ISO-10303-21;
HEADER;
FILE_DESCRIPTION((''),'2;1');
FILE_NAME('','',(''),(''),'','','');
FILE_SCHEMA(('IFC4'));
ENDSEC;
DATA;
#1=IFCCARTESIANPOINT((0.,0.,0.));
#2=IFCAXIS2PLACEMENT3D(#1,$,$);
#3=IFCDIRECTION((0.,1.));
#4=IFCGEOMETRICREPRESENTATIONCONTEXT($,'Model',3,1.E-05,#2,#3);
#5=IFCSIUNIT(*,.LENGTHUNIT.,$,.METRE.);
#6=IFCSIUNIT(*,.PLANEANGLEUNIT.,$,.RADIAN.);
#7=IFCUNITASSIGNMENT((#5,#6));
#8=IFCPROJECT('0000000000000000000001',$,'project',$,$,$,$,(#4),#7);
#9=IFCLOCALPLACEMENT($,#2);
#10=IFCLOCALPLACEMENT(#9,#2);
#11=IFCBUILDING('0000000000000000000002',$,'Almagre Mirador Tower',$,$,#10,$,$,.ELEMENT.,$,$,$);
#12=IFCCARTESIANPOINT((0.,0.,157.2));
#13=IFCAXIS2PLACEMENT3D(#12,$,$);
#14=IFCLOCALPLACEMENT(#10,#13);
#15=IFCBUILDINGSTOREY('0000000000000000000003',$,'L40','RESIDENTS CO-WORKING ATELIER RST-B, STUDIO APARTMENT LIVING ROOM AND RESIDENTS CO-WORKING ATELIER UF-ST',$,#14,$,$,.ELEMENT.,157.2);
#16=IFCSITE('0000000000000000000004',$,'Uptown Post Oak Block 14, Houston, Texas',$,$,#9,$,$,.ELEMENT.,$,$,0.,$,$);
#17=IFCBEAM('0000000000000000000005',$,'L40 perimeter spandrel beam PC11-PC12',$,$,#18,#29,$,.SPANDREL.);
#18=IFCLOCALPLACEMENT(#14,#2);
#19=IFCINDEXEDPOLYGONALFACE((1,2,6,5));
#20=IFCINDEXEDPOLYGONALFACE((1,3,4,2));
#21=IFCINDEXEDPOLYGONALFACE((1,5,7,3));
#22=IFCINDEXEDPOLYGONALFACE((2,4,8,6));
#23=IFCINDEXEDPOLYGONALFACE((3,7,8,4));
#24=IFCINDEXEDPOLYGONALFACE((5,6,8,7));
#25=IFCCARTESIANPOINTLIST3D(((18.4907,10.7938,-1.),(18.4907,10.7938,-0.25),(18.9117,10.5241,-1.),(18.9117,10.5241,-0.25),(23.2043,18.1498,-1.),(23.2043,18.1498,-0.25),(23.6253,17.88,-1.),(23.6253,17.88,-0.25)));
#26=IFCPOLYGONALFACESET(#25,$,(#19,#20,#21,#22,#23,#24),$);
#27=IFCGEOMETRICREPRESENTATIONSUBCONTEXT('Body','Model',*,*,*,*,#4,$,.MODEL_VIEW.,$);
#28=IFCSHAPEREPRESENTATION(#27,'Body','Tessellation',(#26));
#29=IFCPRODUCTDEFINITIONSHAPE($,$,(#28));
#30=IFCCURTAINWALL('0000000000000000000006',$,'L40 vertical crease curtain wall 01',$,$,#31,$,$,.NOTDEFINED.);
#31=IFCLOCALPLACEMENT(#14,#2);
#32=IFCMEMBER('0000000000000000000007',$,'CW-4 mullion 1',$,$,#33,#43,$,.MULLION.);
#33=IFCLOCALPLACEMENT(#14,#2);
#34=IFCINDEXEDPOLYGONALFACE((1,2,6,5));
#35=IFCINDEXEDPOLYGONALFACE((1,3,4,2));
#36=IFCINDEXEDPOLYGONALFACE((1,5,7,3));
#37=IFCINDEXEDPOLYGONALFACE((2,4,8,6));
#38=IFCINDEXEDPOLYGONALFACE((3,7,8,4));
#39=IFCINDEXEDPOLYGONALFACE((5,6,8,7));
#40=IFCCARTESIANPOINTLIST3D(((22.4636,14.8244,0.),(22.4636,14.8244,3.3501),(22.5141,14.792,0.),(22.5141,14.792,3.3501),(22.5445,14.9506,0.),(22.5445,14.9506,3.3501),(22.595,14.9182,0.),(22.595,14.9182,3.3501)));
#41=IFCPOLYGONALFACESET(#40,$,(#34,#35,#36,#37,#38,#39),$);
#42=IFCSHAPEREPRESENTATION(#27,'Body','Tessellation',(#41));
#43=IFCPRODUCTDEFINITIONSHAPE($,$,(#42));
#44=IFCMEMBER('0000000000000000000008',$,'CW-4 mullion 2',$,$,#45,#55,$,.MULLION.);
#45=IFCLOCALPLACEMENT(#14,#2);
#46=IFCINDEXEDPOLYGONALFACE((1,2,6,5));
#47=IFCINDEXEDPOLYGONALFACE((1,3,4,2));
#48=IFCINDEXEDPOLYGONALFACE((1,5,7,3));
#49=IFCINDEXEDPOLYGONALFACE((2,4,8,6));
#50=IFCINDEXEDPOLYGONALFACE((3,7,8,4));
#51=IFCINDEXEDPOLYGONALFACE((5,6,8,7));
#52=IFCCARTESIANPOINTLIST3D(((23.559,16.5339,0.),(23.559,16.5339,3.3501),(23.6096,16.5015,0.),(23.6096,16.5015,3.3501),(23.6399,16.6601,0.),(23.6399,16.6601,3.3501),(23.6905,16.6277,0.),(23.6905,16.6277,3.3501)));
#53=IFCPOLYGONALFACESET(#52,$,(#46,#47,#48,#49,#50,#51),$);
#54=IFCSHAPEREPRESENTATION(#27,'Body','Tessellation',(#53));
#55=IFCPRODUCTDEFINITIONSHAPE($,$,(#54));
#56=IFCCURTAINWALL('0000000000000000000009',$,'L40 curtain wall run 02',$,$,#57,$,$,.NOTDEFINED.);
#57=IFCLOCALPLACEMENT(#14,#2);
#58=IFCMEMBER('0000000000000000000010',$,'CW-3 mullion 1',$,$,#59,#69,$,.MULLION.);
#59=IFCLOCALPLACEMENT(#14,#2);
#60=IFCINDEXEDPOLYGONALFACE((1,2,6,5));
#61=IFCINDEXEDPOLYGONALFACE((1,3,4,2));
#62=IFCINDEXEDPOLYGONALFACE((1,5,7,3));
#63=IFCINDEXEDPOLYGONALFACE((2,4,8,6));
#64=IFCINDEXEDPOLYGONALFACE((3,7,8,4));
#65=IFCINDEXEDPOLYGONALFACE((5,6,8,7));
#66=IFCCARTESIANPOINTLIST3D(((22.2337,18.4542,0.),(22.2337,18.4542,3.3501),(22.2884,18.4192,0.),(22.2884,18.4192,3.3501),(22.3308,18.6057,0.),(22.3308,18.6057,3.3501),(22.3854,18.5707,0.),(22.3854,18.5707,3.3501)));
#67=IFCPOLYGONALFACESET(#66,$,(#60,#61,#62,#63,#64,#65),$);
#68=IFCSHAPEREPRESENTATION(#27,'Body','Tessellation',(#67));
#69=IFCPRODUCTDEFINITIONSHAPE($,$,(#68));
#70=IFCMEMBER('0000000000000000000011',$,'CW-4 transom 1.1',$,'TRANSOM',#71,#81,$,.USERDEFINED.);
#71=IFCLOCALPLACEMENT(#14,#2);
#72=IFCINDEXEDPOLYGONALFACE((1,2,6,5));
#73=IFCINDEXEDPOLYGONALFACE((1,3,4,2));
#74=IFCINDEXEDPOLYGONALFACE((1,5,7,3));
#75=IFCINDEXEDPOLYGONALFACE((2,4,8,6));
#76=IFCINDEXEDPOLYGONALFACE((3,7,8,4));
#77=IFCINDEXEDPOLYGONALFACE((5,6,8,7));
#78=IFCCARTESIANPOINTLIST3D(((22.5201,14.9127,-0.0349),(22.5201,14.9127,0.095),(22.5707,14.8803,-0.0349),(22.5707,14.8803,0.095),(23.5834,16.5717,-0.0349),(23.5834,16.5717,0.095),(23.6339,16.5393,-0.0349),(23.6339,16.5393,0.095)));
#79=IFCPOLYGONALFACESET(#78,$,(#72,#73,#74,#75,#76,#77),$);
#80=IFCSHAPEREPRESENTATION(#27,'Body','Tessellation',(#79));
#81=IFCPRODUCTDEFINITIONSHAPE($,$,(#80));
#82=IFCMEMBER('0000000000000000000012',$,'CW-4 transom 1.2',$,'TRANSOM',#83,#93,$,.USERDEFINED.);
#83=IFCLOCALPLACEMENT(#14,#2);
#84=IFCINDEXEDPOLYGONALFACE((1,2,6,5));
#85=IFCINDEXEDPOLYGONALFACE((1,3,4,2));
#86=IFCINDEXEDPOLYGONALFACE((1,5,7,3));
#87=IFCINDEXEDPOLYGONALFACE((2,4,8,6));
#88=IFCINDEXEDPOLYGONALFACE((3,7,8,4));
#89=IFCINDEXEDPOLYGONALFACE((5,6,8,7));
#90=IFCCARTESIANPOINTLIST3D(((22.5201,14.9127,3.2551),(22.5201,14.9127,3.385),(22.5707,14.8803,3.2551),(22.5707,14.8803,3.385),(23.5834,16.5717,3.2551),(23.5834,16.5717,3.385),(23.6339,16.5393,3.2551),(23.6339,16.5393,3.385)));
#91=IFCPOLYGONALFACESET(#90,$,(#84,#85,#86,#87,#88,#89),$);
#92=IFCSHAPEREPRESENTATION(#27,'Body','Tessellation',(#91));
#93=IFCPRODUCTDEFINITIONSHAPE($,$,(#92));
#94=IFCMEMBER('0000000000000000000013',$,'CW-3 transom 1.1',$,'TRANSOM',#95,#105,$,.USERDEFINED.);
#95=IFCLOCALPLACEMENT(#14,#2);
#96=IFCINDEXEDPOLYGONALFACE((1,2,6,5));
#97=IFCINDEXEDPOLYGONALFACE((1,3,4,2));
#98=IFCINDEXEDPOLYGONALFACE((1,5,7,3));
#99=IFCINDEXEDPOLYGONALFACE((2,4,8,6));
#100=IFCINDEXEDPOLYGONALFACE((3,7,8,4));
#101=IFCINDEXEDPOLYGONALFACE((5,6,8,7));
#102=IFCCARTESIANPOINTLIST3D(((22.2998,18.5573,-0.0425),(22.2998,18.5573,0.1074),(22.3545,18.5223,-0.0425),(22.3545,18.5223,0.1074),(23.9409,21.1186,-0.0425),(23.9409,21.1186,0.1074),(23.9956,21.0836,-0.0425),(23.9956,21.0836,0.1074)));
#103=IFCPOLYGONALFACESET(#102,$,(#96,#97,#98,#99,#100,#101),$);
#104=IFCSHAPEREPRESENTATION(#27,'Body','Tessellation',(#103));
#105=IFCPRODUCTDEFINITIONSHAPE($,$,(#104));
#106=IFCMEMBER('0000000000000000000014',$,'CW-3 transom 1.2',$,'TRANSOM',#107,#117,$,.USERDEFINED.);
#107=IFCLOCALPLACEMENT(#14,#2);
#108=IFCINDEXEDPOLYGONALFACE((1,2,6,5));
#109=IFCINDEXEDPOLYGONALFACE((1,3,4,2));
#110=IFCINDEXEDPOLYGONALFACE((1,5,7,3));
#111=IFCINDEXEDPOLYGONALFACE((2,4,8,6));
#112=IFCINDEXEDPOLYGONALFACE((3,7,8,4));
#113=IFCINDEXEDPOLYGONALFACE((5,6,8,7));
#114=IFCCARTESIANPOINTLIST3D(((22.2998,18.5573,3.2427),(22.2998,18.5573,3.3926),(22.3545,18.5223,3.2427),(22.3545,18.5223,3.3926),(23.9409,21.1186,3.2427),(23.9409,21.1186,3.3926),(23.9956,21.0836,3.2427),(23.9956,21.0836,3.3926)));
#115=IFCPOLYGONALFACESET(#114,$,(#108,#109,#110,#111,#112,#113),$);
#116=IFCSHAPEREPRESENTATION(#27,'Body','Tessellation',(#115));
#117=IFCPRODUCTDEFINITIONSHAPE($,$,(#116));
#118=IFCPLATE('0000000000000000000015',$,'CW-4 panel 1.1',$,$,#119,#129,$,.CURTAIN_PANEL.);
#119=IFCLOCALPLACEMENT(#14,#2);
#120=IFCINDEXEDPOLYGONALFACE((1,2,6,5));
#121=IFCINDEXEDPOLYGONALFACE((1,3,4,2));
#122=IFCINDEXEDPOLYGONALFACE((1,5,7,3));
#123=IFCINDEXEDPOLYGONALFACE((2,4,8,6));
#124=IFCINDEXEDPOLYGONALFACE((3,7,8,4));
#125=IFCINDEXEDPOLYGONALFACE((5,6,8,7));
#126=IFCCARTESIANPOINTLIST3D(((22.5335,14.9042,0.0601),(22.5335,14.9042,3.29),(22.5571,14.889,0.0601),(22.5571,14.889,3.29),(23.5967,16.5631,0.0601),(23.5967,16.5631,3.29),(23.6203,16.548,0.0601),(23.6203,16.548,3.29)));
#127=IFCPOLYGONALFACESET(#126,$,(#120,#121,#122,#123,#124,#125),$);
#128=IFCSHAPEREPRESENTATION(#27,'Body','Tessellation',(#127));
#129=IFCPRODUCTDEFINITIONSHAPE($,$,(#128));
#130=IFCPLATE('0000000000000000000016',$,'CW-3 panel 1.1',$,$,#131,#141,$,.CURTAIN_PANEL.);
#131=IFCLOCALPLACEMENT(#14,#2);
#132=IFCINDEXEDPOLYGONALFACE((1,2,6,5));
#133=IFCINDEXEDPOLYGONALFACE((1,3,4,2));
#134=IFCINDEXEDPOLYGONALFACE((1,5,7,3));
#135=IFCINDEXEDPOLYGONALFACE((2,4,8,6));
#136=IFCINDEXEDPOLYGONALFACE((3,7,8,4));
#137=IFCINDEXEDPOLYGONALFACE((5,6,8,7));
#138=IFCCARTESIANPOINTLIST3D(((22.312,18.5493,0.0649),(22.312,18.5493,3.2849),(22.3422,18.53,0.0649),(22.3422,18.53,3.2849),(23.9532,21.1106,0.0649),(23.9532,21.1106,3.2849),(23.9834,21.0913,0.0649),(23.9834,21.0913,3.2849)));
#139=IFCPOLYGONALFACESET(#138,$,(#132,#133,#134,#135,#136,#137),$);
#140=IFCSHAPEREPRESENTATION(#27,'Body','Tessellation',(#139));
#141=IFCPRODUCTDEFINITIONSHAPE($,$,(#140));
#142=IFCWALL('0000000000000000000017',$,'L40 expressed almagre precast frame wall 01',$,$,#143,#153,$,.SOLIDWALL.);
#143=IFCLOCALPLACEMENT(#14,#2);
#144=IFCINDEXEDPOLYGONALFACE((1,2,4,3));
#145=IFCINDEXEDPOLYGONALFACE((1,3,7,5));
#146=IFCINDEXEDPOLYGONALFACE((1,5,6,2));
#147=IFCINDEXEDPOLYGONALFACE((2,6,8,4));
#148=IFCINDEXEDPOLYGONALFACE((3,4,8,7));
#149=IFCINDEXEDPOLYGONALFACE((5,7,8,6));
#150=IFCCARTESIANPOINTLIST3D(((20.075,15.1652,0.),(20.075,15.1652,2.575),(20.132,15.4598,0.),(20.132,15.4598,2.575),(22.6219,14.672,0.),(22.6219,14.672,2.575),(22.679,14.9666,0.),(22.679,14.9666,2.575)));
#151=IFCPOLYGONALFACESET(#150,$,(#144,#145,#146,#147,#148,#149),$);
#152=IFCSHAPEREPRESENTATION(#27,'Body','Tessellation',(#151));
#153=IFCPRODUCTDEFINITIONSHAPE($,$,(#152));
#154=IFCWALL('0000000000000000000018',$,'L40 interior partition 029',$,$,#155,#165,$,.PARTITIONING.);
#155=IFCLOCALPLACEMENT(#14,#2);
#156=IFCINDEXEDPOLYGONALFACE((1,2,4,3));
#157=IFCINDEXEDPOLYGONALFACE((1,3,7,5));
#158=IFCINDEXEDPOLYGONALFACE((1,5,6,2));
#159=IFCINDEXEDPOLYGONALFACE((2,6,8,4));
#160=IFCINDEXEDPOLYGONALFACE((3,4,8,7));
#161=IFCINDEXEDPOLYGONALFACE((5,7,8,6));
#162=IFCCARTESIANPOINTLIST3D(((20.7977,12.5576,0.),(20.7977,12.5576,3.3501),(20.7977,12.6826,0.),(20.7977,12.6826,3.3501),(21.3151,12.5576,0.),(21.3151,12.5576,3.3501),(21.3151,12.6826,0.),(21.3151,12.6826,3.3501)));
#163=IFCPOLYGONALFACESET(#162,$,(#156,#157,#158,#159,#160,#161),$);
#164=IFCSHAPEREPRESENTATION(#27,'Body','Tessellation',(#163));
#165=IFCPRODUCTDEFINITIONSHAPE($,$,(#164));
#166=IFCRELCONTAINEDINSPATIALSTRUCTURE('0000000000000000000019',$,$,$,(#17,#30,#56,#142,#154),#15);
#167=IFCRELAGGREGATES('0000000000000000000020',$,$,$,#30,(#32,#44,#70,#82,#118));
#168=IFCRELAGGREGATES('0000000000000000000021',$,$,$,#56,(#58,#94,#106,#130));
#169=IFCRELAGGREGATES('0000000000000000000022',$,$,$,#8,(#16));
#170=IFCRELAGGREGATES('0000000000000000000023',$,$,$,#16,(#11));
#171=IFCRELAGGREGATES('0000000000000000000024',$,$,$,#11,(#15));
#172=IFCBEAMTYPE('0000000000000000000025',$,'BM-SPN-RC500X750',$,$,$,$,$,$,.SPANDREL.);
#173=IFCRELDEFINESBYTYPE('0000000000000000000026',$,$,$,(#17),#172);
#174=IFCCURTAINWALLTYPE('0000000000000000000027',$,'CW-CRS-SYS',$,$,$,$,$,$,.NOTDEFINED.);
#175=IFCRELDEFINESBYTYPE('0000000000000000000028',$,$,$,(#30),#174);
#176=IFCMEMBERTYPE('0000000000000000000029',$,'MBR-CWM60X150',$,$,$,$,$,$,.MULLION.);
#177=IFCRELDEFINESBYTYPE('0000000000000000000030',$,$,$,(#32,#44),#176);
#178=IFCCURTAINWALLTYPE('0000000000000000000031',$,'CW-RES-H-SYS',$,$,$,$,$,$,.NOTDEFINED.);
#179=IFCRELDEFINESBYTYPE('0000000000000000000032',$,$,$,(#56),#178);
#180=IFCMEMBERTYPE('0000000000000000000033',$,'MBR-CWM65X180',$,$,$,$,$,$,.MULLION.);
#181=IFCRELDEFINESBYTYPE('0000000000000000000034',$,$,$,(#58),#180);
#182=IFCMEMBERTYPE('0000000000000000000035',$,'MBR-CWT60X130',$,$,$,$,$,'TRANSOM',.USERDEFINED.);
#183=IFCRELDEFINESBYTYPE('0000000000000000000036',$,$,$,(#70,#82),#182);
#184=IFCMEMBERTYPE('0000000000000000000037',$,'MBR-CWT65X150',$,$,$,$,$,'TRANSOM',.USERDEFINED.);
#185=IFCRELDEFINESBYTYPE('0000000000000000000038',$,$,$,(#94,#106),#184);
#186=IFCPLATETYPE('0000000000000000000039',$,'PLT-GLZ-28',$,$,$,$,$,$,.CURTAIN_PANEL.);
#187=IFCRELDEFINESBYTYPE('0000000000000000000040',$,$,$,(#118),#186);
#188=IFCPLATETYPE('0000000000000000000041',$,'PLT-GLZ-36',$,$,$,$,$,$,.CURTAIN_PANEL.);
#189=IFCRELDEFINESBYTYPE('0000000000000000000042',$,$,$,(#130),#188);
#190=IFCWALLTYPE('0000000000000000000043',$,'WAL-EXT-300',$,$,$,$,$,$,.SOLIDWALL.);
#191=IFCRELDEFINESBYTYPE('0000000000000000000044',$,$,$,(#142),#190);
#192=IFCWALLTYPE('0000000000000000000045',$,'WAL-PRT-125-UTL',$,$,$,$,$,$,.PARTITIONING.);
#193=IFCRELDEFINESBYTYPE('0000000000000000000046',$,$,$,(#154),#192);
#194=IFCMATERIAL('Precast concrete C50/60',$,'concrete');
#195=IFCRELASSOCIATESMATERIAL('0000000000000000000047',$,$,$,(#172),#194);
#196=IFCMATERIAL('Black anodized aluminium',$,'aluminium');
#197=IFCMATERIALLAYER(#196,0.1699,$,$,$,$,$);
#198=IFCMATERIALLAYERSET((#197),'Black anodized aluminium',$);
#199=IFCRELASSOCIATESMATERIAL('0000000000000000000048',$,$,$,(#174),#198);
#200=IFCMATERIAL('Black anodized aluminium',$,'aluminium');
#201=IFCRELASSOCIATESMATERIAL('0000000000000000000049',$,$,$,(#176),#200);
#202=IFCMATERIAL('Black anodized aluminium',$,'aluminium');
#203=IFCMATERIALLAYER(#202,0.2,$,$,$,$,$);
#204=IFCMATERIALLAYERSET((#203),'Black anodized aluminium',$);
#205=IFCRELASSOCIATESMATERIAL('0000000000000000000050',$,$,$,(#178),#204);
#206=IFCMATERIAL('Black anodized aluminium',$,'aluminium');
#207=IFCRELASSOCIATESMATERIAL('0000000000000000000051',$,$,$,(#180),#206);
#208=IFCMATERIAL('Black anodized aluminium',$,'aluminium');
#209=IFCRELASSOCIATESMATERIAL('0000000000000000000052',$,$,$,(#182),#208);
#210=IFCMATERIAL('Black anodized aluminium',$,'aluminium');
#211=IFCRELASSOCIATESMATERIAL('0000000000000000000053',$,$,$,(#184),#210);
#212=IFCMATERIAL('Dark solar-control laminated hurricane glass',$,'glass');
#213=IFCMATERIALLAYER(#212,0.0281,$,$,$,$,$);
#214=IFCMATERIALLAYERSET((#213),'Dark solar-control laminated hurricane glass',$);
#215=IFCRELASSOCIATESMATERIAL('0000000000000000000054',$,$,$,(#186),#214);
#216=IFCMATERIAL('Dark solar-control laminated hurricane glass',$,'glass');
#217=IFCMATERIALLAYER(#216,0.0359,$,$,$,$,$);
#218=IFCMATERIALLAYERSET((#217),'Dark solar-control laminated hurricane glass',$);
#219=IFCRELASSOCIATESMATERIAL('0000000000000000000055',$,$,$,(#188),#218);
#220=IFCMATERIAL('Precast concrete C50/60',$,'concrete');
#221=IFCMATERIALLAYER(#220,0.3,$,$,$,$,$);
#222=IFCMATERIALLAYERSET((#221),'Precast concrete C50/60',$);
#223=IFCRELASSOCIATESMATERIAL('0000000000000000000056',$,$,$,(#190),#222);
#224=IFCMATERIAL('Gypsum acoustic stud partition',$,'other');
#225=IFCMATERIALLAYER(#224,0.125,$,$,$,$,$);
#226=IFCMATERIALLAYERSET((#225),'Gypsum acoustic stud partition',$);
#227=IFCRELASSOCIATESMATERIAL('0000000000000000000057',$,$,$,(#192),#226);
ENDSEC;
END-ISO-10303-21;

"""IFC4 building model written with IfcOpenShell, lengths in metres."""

from ifc_helpers import new_model, si_unit, direction, frame, frame_2d, origin, origin_2d, place, context, subcontext, project, spatial, rectangle, extrude, material, layer, layer_set, material_profile, profile_set, type_object, element, aggregate, save


model = new_model("IFC4")

# Units and contexts
model_context = context("Model", 3, precision=1e-05, world=origin(), true_north=direction((0.0, 1.0)))
body_context = subcontext(model_context, "Body", "Model", "MODEL_VIEW")
ifc_project = project(units=[si_unit("LENGTHUNIT", "METRE"), si_unit("PLANEANGLEUNIT", "RADIAN")], contexts=[model_context])

# Site, building, storey
site_placement = place(None, origin())
site = spatial("IfcSite", under=ifc_project, at=site_placement, Name="Uptown Post Oak Block 14, Houston, Texas", CompositionType="ELEMENT", RefElevation=0.0)
building_placement = place(site_placement, origin())
building = spatial("IfcBuilding", under=site, at=building_placement, Name="Almagre Mirador Tower", CompositionType="ELEMENT")
storey_placement = place(building_placement, frame((0.0, 0.0, 157.2)))
storey = spatial("IfcBuildingStorey", under=building, at=storey_placement, Name="L40", Description="RESIDENTS CO-WORKING ATELIER RST-B, STUDIO APARTMENT LIVING ROOM AND RESIDENTS CO-WORKING ATELIER UF-ST", CompositionType="ELEMENT", Elevation=157.2)

# Beam
ifc_material_1 = material(Name="Precast concrete C50/60", Category="concrete")
ifc_material_profile_1 = material_profile(ifc_material_1, rectangle(XDim=0.5, YDim=0.75, at=origin_2d()), Name="RC500X750")
ifc_profile_set_1 = profile_set([ifc_material_profile_1], Name="Precast concrete C50/60")
beam_type = type_object("IfcBeamType", Name="BM-SPN-RC500X750", PredefinedType="SPANDREL", material=ifc_profile_set_1)
beam_placement = place(storey_placement, frame((23.4148, 18.0149, -0.625), z_axis=(-0.539525, -0.841969, 0.0), x_axis=(0.841969, -0.539525, 0.0)))
element("IfcBeam", 1, at=beam_placement, inside=storey, type_object=beam_type, Name="L40 perimeter spandrel beam PC11-PC12", PredefinedType="SPANDREL", context=body_context, shape_type="SweptSolid", body=[
    extrude(rectangle(XDim=0.5, YDim=0.75, at=origin_2d()), origin(), (0.0, 0.0, 1.0), 8.7366),
])

# Curtain wall, members
ifc_material_2 = material(Name="Black anodized aluminium", Category="aluminium")
ifc_layer_1 = layer(ifc_material_2, 0.1699)
ifc_layer_set_1 = layer_set([ifc_layer_1], Name="Black anodized aluminium")
curtain_wall_type_1 = type_object("IfcCurtainWallType", Name="CW-CRS-SYS", PredefinedType="NOTDEFINED", material=ifc_layer_set_1)
curtain_wall_1_placement = place(storey_placement, origin())
curtain_wall_1 = element("IfcCurtainWall", 2, at=curtain_wall_1_placement, inside=storey, type_object=curtain_wall_type_1, Name="L40 vertical crease curtain wall 01", PredefinedType="NOTDEFINED")
ifc_material_3 = material(Name="Black anodized aluminium", Category="aluminium")
ifc_material_profile_2 = material_profile(ifc_material_3, rectangle(XDim=0.0601, YDim=0.1499, at=origin_2d()), Name="CWM60X150")
ifc_profile_set_2 = profile_set([ifc_material_profile_2], Name="Black anodized aluminium")
member_type_1 = type_object("IfcMemberType", Name="MBR-CWM60X150", PredefinedType="MULLION", material=ifc_profile_set_2)
member_1_placement = place(storey_placement, frame((22.5293, 14.8713, 0.0), z_axis=(0.0, 0.0, 1.0), x_axis=(-0.841924, 0.539597, 0.0)))
member_1 = element("IfcMember", 3, at=member_1_placement, type_object=member_type_1, Name="CW-4 mullion 1", PredefinedType="MULLION", context=body_context, shape_type="SweptSolid", body=[
    extrude(rectangle(XDim=0.0601, YDim=0.1499, at=origin_2d()), origin(), (0.0, 0.0, 1.0), 3.3501),
])
member_2_placement = place(storey_placement, frame((23.6248, 16.5808, 0.0), z_axis=(0.0, 0.0, 1.0), x_axis=(-0.841924, 0.539597, 0.0)))
member_2 = element("IfcMember", 4, at=member_2_placement, type_object=member_type_1, Name="CW-4 mullion 2", PredefinedType="MULLION", context=body_context, shape_type="SweptSolid", body=[
    extrude(rectangle(XDim=0.0601, YDim=0.1499, at=origin_2d()), origin(), (0.0, 0.0, 1.0), 3.3501),
])

# Curtain wall, member
ifc_material_4 = material(Name="Black anodized aluminium", Category="aluminium")
ifc_layer_2 = layer(ifc_material_4, 0.2)
ifc_layer_set_2 = layer_set([ifc_layer_2], Name="Black anodized aluminium")
curtain_wall_type_2 = type_object("IfcCurtainWallType", Name="CW-RES-H-SYS", PredefinedType="NOTDEFINED", material=ifc_layer_set_2)
curtain_wall_2_placement = place(storey_placement, origin())
curtain_wall_2 = element("IfcCurtainWall", 5, at=curtain_wall_2_placement, inside=storey, type_object=curtain_wall_type_2, Name="L40 curtain wall run 02", PredefinedType="NOTDEFINED")
ifc_material_5 = material(Name="Black anodized aluminium", Category="aluminium")
ifc_material_profile_3 = material_profile(ifc_material_5, rectangle(XDim=0.0649, YDim=0.1799, at=origin_2d()), Name="CWM65X180")
ifc_profile_set_3 = profile_set([ifc_material_profile_3], Name="Black anodized aluminium")
member_type_2 = type_object("IfcMemberType", Name="MBR-CWM65X180", PredefinedType="MULLION", material=ifc_profile_set_3)
member_3_placement = place(storey_placement, frame((22.3096, 18.5125, 0.0), z_axis=(0.0, 0.0, 1.0), x_axis=(-0.841981, 0.539507, 0.0)))
member_3 = element("IfcMember", 6, at=member_3_placement, type_object=member_type_2, Name="CW-3 mullion 1", PredefinedType="MULLION", context=body_context, shape_type="SweptSolid", body=[
    extrude(rectangle(XDim=0.0649, YDim=0.1799, at=origin_2d()), origin(), (0.0, 0.0, 1.0), 3.3501),
])

# Members
ifc_material_6 = material(Name="Black anodized aluminium", Category="aluminium")
ifc_material_profile_4 = material_profile(ifc_material_6, rectangle(XDim=0.0601, YDim=0.1299, at=origin_2d()), Name="CWT60X130")
ifc_profile_set_4 = profile_set([ifc_material_profile_4], Name="Black anodized aluminium")
member_type_3 = type_object("IfcMemberType", Name="MBR-CWT60X130", ElementType="TRANSOM", PredefinedType="USERDEFINED", material=ifc_profile_set_4)
member_4_placement = place(storey_placement, frame((22.5454, 14.8965, 0.03), z_axis=(0.539599, 0.841922, 0.0), x_axis=(-0.841922, 0.539599, 0.0)))
member_4 = element("IfcMember", 7, at=member_4_placement, type_object=member_type_3, Name="CW-4 transom 1.1", ObjectType="TRANSOM", PredefinedType="USERDEFINED", context=body_context, shape_type="SweptSolid", body=[
    extrude(rectangle(XDim=0.0601, YDim=0.1299, at=origin_2d()), origin(), (0.0, 0.0, 1.0), 1.9705),
])
member_5_placement = place(storey_placement, frame((22.5454, 14.8965, 3.3201), z_axis=(0.539599, 0.841922, 0.0), x_axis=(-0.841922, 0.539599, 0.0)))
member_5 = element("IfcMember", 8, at=member_5_placement, type_object=member_type_3, Name="CW-4 transom 1.2", ObjectType="TRANSOM", PredefinedType="USERDEFINED", context=body_context, shape_type="SweptSolid", body=[
    extrude(rectangle(XDim=0.0601, YDim=0.1299, at=origin_2d()), origin(), (0.0, 0.0, 1.0), 1.9705),
])
ifc_material_7 = material(Name="Black anodized aluminium", Category="aluminium")
ifc_material_profile_5 = material_profile(ifc_material_7, rectangle(XDim=0.0649, YDim=0.1499, at=origin_2d()), Name="CWT65X150")
ifc_profile_set_5 = profile_set([ifc_material_profile_5], Name="Black anodized aluminium")
member_type_4 = type_object("IfcMemberType", Name="MBR-CWT65X150", ElementType="TRANSOM", PredefinedType="USERDEFINED", material=ifc_profile_set_5)
member_6_placement = place(storey_placement, frame((22.3271, 18.5398, 0.0325), z_axis=(0.539495, 0.841989, 0.0), x_axis=(-0.841989, 0.539495, 0.0)))
member_6 = element("IfcMember", 9, at=member_6_placement, type_object=member_type_4, Name="CW-3 transom 1.1", ObjectType="TRANSOM", PredefinedType="USERDEFINED", context=body_context, shape_type="SweptSolid", body=[
    extrude(rectangle(XDim=0.0649, YDim=0.1499, at=origin_2d()), origin(), (0.0, 0.0, 1.0), 3.042),
])
member_7_placement = place(storey_placement, frame((22.3271, 18.5398, 3.3176), z_axis=(0.539495, 0.841989, 0.0), x_axis=(-0.841989, 0.539495, 0.0)))
member_7 = element("IfcMember", 10, at=member_7_placement, type_object=member_type_4, Name="CW-3 transom 1.2", ObjectType="TRANSOM", PredefinedType="USERDEFINED", context=body_context, shape_type="SweptSolid", body=[
    extrude(rectangle(XDim=0.0649, YDim=0.1499, at=origin_2d()), origin(), (0.0, 0.0, 1.0), 3.042),
])

# Plates
ifc_material_8 = material(Name="Dark solar-control laminated hurricane glass", Category="glass")
ifc_layer_3 = layer(ifc_material_8, 0.0281)
ifc_layer_set_3 = layer_set([ifc_layer_3], Name="Dark solar-control laminated hurricane glass")
plate_type_1 = type_object("IfcPlateType", Name="PLT-GLZ-28", PredefinedType="CURTAIN_PANEL", material=ifc_layer_set_3)
plate_1_placement = place(storey_placement, frame((23.0769, 15.7261, 0.0601), z_axis=(0.0, 0.0, 1.0), x_axis=(0.539597, 0.841924, 0.0)))
plate_1 = element("IfcPlate", 11, at=plate_1_placement, type_object=plate_type_1, Name="CW-4 panel 1.1", PredefinedType="CURTAIN_PANEL", context=body_context, shape_type="SweptSolid", body=[
    extrude(rectangle(XDim=1.9705, YDim=0.0281, at=origin_2d()), origin(), (0.0, 0.0, 1.0), 3.23),
])
aggregate(curtain_wall_1, [member_1, member_2, member_4, member_5, plate_1])
ifc_material_9 = material(Name="Dark solar-control laminated hurricane glass", Category="glass")
ifc_layer_4 = layer(ifc_material_9, 0.0359)
ifc_layer_set_4 = layer_set([ifc_layer_4], Name="Dark solar-control laminated hurricane glass")
plate_type_2 = type_object("IfcPlateType", Name="PLT-GLZ-36", PredefinedType="CURTAIN_PANEL", material=ifc_layer_set_4)
plate_2_placement = place(storey_placement, frame((23.1477, 19.8203, 0.0649), z_axis=(0.0, 0.0, 1.0), x_axis=(0.539507, 0.841981, 0.0)))
plate_2 = element("IfcPlate", 12, at=plate_2_placement, type_object=plate_type_2, Name="CW-3 panel 1.1", PredefinedType="CURTAIN_PANEL", context=body_context, shape_type="SweptSolid", body=[
    extrude(rectangle(XDim=3.042, YDim=0.0359, at=origin_2d()), origin(), (0.0, 0.0, 1.0), 3.22),
])
aggregate(curtain_wall_2, [member_3, member_6, member_7, plate_2])

# Walls
ifc_material_10 = material(Name="Precast concrete C50/60", Category="concrete")
ifc_layer_5 = layer(ifc_material_10, 0.3)
ifc_layer_set_5 = layer_set([ifc_layer_5], Name="Precast concrete C50/60")
wall_type_1 = type_object("IfcWallType", Name="WAL-EXT-300", PredefinedType="SOLIDWALL", material=ifc_layer_set_5)
wall_1_placement = place(storey_placement, frame((20.1035, 15.3125, 0.0), z_axis=(0.0, 0.0, 1.0), x_axis=(0.981764, -0.190104, 0.0)))
element("IfcWall", 13, at=wall_1_placement, inside=storey, type_object=wall_type_1, Name="L40 expressed almagre precast frame wall 01", PredefinedType="SOLIDWALL", context=body_context, shape_type="SweptSolid", body=[
    extrude(rectangle(XDim=2.5942, YDim=0.3, at=frame_2d((1.2971, 0.0))), origin(), (0.0, 0.0, 1.0), 2.575),
])
ifc_material_11 = material(Name="Gypsum acoustic stud partition", Category="other")
ifc_layer_6 = layer(ifc_material_11, 0.125)
ifc_layer_set_6 = layer_set([ifc_layer_6], Name="Gypsum acoustic stud partition")
wall_type_2 = type_object("IfcWallType", Name="WAL-PRT-125-UTL", PredefinedType="PARTITIONING", material=ifc_layer_set_6)
wall_2_placement = place(storey_placement, frame((20.7976, 12.6201, 0.0), z_axis=(0.0, 0.0, 1.0), x_axis=(1.0, 0.0, 0.0)))
element("IfcWall", 14, at=wall_2_placement, inside=storey, type_object=wall_type_2, Name="L40 interior partition 029", PredefinedType="PARTITIONING", context=body_context, shape_type="SweptSolid", body=[
    extrude(rectangle(XDim=0.5173, YDim=0.125, at=frame_2d((0.2588, 0.0))), origin(), (0.0, 0.0, 1.0), 3.3501),
])

save(model, "model.ifc")
